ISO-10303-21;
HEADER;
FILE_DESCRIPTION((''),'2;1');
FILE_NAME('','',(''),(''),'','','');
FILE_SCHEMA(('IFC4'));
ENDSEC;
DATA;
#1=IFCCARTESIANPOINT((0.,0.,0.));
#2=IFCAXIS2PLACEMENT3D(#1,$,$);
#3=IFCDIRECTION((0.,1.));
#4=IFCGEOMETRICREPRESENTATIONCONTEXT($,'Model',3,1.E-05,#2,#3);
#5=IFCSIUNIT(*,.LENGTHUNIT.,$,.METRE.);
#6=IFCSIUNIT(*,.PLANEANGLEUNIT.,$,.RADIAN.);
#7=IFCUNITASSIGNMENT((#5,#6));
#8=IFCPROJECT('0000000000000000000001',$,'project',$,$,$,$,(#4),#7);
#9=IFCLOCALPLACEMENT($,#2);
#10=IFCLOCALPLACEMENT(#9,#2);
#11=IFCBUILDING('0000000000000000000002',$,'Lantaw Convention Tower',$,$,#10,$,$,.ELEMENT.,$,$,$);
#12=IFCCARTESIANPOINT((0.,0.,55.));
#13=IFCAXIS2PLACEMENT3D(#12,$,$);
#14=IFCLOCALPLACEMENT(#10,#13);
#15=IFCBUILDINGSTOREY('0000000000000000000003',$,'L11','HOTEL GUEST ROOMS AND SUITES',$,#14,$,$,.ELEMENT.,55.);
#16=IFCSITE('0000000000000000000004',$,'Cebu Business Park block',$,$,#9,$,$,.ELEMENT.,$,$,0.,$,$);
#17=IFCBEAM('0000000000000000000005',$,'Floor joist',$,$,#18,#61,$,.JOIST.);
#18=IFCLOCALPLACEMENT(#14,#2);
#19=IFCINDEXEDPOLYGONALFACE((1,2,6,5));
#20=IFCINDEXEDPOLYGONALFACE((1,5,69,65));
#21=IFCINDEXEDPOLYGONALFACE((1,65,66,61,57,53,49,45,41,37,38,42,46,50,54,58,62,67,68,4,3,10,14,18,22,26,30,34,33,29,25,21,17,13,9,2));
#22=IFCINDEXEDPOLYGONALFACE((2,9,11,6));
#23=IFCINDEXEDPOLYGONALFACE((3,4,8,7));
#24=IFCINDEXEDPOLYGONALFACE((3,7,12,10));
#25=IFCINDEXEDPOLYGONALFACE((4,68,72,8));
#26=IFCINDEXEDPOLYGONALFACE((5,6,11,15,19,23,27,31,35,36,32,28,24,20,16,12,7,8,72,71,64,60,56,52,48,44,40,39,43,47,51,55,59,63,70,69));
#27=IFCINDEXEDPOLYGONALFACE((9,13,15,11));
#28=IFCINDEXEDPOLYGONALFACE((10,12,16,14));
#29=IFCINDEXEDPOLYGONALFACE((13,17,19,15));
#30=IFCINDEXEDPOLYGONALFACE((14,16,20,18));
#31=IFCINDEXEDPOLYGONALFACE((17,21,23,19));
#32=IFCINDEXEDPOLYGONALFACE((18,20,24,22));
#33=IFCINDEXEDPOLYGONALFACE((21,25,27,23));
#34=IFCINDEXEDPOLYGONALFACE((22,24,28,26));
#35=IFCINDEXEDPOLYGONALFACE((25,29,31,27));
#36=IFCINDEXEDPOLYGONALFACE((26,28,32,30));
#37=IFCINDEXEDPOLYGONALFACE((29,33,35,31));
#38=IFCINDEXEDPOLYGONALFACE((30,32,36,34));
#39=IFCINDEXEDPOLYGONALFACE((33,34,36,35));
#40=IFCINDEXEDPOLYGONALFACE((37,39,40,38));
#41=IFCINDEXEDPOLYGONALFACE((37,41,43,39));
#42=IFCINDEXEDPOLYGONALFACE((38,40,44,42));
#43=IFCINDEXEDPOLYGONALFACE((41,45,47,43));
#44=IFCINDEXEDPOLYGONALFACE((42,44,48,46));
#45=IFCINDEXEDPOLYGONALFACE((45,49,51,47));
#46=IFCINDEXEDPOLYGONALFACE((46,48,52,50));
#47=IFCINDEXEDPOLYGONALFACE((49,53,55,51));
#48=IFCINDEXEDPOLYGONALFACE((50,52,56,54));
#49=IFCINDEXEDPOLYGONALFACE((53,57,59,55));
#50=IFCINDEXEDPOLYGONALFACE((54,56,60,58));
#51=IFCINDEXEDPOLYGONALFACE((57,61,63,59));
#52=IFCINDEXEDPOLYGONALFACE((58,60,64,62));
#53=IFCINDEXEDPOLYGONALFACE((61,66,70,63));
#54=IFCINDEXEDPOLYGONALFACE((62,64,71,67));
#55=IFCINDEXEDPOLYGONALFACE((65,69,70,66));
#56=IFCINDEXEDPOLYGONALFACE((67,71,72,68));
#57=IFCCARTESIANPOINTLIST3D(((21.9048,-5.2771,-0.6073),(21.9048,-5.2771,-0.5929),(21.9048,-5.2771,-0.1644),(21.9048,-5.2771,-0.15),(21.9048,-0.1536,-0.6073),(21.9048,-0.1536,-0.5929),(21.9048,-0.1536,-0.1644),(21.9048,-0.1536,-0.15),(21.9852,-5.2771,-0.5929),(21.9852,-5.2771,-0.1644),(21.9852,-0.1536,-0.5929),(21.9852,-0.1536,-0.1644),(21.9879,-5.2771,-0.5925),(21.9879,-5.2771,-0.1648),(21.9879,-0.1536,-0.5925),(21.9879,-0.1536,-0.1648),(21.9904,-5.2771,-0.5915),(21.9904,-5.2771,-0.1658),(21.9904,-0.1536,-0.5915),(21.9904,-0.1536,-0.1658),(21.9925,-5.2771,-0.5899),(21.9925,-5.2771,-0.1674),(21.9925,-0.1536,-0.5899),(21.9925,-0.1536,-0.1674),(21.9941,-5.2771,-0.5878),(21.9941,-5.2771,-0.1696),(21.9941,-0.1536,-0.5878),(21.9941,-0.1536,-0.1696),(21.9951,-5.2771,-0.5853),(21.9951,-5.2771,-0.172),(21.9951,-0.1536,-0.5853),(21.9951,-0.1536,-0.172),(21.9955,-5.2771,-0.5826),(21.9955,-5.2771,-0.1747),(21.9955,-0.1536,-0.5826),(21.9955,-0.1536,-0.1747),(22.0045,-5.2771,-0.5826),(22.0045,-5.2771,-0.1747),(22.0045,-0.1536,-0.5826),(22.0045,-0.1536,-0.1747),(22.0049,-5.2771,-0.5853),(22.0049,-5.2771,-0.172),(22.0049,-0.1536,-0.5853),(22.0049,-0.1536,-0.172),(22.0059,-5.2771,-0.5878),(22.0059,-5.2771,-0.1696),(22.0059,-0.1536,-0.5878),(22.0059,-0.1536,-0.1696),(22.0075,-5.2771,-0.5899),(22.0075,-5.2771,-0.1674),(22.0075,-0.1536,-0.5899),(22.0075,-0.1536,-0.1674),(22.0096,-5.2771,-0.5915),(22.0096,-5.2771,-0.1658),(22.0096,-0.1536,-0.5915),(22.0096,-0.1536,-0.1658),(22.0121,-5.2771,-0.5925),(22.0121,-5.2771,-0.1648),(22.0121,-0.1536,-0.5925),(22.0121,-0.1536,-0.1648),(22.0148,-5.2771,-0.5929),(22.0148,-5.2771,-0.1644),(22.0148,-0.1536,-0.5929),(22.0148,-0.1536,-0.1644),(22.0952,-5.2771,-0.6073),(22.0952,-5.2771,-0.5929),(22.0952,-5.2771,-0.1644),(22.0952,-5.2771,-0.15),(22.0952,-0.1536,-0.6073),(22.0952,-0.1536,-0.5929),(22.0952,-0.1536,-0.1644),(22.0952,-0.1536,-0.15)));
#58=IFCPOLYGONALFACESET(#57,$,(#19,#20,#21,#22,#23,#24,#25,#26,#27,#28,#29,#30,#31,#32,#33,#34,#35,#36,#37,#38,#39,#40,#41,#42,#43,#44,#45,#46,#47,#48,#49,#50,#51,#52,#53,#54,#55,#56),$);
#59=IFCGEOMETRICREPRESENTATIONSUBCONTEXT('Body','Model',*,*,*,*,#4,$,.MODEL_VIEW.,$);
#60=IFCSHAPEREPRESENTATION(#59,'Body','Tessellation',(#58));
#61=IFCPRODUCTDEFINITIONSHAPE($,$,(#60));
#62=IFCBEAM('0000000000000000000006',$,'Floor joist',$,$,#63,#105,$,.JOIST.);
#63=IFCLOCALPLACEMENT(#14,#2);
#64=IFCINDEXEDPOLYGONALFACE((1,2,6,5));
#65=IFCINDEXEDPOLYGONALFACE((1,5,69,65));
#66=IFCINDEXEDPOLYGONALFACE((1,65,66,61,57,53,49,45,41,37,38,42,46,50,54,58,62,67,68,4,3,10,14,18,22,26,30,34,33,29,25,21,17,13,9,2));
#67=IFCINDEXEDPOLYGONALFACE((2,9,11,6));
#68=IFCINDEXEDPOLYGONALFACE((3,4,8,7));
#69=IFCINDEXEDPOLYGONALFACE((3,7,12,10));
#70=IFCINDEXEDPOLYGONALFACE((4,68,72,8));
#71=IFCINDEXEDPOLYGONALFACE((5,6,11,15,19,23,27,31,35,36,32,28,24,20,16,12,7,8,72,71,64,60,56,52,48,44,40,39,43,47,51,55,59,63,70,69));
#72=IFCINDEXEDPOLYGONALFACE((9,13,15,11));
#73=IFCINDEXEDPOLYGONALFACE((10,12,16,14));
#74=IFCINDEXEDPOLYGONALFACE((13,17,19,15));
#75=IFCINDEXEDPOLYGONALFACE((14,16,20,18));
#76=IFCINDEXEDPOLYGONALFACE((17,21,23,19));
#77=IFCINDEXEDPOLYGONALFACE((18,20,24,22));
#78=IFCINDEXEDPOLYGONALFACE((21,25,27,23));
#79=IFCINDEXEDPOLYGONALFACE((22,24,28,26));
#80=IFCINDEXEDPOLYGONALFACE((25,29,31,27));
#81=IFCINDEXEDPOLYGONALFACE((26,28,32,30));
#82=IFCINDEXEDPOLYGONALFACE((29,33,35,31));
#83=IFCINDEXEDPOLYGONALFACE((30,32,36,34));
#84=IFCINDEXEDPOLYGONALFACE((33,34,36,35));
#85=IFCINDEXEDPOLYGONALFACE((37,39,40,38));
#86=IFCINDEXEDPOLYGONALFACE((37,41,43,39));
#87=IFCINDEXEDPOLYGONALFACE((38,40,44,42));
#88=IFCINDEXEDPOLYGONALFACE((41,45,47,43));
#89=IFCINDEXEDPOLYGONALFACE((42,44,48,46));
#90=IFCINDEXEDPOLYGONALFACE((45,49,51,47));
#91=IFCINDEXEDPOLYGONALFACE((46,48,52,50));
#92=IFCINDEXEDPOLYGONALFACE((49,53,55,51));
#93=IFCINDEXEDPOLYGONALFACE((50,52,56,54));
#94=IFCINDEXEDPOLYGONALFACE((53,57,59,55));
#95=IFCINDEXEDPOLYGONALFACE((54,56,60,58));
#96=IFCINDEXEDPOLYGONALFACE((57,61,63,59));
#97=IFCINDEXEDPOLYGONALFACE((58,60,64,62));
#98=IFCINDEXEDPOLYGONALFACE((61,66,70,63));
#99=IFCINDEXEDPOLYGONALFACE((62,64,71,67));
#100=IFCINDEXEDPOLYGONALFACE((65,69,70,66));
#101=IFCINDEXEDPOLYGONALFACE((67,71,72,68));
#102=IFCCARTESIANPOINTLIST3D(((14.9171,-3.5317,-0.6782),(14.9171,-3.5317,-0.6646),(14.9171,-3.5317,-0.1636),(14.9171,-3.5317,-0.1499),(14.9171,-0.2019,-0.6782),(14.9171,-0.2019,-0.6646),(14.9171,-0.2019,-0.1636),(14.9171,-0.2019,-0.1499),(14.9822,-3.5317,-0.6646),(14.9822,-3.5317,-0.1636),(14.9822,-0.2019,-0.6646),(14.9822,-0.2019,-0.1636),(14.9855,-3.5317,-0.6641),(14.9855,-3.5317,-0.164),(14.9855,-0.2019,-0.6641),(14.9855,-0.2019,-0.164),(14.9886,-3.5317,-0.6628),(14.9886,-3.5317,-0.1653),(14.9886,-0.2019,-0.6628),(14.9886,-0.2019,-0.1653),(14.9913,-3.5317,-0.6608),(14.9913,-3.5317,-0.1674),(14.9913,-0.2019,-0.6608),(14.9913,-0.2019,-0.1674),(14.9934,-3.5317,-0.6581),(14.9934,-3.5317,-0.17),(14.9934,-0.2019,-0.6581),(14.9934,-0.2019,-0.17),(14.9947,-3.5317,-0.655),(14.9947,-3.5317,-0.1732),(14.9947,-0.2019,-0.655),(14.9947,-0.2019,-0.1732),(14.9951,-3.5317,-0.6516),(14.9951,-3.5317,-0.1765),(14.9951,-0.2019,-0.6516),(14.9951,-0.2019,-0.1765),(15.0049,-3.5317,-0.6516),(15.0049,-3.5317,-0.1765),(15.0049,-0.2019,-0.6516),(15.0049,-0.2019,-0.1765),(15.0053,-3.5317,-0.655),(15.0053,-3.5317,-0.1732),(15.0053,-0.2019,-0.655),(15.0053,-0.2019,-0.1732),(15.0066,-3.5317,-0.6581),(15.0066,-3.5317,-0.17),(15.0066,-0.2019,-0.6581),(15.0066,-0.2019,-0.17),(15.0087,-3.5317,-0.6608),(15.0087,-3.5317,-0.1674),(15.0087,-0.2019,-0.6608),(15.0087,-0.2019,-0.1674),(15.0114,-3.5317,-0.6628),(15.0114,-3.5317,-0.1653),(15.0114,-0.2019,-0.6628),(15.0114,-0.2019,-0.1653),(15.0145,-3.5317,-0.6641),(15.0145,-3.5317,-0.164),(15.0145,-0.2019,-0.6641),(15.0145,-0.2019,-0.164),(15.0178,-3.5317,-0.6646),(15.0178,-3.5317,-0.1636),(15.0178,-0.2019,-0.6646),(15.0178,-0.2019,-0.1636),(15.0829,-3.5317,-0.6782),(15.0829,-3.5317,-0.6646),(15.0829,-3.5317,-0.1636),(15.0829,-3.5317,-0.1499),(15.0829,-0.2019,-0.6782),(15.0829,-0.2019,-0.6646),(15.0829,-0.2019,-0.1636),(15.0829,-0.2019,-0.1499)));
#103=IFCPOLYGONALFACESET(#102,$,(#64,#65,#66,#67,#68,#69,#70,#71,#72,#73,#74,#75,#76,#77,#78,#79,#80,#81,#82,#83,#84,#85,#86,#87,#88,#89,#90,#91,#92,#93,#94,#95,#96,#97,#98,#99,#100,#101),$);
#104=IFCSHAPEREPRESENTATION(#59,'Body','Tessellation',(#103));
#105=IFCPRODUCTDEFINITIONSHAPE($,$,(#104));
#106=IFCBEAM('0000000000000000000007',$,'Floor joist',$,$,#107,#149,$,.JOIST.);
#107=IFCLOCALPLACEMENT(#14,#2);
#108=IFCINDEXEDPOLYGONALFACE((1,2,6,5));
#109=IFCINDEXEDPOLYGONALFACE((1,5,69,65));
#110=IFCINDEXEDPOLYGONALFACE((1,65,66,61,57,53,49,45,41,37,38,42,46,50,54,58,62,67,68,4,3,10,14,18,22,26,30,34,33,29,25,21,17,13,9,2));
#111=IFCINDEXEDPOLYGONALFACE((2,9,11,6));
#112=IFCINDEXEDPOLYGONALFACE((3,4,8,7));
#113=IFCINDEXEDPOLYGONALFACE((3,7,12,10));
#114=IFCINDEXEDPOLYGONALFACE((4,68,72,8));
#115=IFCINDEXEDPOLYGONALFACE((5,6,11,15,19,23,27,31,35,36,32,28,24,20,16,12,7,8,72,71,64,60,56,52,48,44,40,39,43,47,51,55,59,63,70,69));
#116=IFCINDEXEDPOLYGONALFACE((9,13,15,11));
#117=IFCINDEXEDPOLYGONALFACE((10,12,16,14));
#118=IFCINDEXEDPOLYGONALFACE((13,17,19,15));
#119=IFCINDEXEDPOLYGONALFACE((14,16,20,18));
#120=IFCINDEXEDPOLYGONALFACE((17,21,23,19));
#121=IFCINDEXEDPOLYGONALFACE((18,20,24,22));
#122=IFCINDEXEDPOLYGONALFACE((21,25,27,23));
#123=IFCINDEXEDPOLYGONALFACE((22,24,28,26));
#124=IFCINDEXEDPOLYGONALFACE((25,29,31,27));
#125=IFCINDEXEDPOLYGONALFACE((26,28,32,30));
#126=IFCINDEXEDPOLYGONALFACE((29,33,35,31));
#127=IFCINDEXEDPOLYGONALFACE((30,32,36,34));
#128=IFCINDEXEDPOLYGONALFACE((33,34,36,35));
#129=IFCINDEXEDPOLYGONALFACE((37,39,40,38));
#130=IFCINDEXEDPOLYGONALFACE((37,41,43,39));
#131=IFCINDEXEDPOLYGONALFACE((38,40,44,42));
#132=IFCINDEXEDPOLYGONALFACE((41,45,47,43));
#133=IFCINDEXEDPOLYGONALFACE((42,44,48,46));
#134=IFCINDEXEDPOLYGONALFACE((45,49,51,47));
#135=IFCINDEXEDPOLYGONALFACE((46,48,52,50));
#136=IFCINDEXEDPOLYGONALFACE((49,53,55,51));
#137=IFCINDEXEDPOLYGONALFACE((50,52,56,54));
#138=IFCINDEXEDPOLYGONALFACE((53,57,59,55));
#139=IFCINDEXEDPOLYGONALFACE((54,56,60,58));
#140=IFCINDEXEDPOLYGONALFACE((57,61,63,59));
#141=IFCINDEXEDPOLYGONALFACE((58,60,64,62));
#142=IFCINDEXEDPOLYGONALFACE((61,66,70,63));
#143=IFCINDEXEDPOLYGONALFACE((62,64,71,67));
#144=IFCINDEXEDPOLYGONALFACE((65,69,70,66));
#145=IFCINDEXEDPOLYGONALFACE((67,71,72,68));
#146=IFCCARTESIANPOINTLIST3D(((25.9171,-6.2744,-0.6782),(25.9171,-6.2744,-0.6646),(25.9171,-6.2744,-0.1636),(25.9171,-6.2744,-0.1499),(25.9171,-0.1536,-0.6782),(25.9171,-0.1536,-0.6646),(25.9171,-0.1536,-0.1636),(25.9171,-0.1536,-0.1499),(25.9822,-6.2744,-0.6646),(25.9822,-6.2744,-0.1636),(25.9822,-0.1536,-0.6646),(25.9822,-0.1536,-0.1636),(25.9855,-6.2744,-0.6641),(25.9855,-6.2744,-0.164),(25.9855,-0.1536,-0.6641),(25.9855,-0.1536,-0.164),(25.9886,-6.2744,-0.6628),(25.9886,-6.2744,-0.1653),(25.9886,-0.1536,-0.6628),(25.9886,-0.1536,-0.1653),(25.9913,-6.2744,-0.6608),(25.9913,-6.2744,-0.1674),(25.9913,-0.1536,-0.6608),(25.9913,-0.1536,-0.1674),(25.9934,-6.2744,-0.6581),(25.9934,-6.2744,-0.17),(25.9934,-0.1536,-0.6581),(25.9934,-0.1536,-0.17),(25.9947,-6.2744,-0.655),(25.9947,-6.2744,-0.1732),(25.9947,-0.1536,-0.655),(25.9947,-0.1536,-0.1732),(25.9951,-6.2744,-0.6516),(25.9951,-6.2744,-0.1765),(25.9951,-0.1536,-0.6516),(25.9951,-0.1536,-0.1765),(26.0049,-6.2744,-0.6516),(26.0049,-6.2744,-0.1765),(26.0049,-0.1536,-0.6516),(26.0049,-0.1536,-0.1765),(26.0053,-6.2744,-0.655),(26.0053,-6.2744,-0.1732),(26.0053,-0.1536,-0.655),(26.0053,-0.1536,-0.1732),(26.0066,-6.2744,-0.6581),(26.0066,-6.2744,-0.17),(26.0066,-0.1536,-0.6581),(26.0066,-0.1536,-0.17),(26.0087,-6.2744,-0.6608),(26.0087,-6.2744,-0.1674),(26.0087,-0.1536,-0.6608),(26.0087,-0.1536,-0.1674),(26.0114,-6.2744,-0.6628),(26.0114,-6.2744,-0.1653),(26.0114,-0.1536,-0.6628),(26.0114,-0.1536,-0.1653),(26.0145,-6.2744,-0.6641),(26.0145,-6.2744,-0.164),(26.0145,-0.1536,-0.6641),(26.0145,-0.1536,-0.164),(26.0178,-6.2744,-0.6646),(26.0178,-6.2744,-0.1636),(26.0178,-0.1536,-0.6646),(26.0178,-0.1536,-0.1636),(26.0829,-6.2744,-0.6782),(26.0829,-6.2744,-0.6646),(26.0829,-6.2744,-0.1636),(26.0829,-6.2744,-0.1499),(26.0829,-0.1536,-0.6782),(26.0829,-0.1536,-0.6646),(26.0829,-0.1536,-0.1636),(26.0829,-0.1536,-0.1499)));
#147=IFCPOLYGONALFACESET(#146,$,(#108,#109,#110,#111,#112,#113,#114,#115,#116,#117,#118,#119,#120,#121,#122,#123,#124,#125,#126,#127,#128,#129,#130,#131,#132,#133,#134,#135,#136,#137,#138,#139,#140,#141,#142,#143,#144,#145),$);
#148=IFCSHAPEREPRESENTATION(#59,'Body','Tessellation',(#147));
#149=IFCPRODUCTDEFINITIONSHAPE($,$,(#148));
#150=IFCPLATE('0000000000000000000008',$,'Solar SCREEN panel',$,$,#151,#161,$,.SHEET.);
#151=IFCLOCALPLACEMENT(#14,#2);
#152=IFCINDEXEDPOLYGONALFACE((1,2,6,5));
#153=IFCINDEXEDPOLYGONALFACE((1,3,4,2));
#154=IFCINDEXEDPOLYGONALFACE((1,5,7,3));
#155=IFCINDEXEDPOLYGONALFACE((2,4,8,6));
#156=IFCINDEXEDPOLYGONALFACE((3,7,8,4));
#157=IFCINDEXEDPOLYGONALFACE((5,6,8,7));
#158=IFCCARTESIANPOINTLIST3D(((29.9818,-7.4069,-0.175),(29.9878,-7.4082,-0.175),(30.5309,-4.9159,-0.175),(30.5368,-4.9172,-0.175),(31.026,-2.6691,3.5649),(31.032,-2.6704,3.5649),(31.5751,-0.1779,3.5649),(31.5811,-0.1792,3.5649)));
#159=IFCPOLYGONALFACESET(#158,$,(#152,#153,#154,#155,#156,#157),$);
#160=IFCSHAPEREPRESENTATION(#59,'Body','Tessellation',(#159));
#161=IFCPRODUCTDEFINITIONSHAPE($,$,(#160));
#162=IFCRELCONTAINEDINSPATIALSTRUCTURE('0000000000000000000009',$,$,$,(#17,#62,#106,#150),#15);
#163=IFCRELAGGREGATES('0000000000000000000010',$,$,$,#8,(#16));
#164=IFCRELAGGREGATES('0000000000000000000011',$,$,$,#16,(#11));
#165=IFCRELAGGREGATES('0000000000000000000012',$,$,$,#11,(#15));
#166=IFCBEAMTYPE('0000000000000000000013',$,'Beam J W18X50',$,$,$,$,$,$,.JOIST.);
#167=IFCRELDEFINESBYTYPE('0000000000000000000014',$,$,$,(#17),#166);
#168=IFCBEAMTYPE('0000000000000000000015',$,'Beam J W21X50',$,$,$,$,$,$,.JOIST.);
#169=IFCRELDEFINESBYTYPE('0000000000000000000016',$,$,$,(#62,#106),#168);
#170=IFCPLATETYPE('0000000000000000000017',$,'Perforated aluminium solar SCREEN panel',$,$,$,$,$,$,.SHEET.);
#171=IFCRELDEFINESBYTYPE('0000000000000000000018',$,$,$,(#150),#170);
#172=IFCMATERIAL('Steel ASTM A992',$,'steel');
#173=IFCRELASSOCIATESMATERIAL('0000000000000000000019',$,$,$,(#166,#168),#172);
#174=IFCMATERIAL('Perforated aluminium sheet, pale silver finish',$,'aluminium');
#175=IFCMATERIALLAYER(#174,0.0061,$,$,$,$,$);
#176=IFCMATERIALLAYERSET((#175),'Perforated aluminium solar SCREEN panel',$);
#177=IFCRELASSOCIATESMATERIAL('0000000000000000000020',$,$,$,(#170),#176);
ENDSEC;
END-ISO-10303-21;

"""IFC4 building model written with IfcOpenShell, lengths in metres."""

from ifc_helpers import new_model, si_unit, direction, frame, origin, origin_2d, place, context, subcontext, project, spatial, polyline, i_section, outline, extrude, material, layer, layer_set, material_profile, profile_set, type_object, element, save


model = new_model("IFC4")

# Units and contexts
model_context = context("Model", 3, precision=1e-05, world=origin(), true_north=direction((0.0, 1.0)))
body_context = subcontext(model_context, "Body", "Model", "MODEL_VIEW")
ifc_project = project(units=[si_unit("LENGTHUNIT", "METRE"), si_unit("PLANEANGLEUNIT", "RADIAN")], contexts=[model_context])

# Site, building, storey
site_placement = place(None, origin())
site = spatial("IfcSite", under=ifc_project, at=site_placement, Name="Cebu Business Park block", CompositionType="ELEMENT", RefElevation=0.0)
building_placement = place(site_placement, origin())
building = spatial("IfcBuilding", under=site, at=building_placement, Name="Lantaw Convention Tower", CompositionType="ELEMENT")
storey_placement = place(building_placement, frame((0.0, 0.0, 55.0)))
storey = spatial("IfcBuildingStorey", under=building, at=storey_placement, Name="L11", Description="HOTEL GUEST ROOMS AND SUITES", CompositionType="ELEMENT", Elevation=55.0)

# Beams
ifc_material_1 = material(Name="Steel ASTM A992", Category="steel")
ifc_material_profile_1 = material_profile(ifc_material_1, i_section(OverallWidth=0.1904, OverallDepth=0.4573, WebThickness=0.009, FlangeThickness=0.0144, FilletRadius=0.0103, at=origin_2d()), Name="W18X50")
ifc_profile_set_1 = profile_set([ifc_material_profile_1], Name="Steel ASTM A992")
beam_type_1 = type_object("IfcBeamType", Name="Beam J W18X50", PredefinedType="JOIST", material=ifc_profile_set_1)
beam_1_placement = place(storey_placement, frame((22.0, -5.2771, -0.3787), z_axis=(0.0, 1.0, 0.0), x_axis=(-1.0, 0.0, 0.0)))
element("IfcBeam", 1, at=beam_1_placement, inside=storey, type_object=beam_type_1, Name="Floor joist", PredefinedType="JOIST", context=body_context, shape_type="SweptSolid", body=[
    extrude(i_section(OverallWidth=0.1904, OverallDepth=0.4573, WebThickness=0.009, FlangeThickness=0.0144, FilletRadius=0.0103, at=origin_2d()), origin(), (0.0, 0.0, 1.0), 5.1235),
])
ifc_material_profile_2 = material_profile(ifc_material_1, i_section(OverallWidth=0.1658, OverallDepth=0.5283, WebThickness=0.0098, FlangeThickness=0.0137, FilletRadius=0.0129, at=origin_2d()), Name="W21X50")
ifc_profile_set_2 = profile_set([ifc_material_profile_2], Name="Steel ASTM A992")
beam_type_2 = type_object("IfcBeamType", Name="Beam J W21X50", PredefinedType="JOIST", material=ifc_profile_set_2)
beam_2_placement = place(storey_placement, frame((15.0, -3.5317, -0.4141), z_axis=(0.0, 1.0, 0.0), x_axis=(-1.0, 0.0, 0.0)))
element("IfcBeam", 2, at=beam_2_placement, inside=storey, type_object=beam_type_2, Name="Floor joist", PredefinedType="JOIST", context=body_context, shape_type="SweptSolid", body=[
    extrude(i_section(OverallWidth=0.1658, OverallDepth=0.5283, WebThickness=0.0098, FlangeThickness=0.0137, FilletRadius=0.0129, at=origin_2d()), origin(), (0.0, 0.0, 1.0), 3.3298),
])
beam_3_placement = place(storey_placement, frame((26.0, -6.2744, -0.4141), z_axis=(0.0, 1.0, 0.0), x_axis=(-1.0, 0.0, 0.0)))
element("IfcBeam", 3, at=beam_3_placement, inside=storey, type_object=beam_type_2, Name="Floor joist", PredefinedType="JOIST", context=body_context, shape_type="SweptSolid", body=[
    extrude(i_section(OverallWidth=0.1658, OverallDepth=0.5283, WebThickness=0.0098, FlangeThickness=0.0137, FilletRadius=0.0129, at=origin_2d()), origin(), (0.0, 0.0, 1.0), 6.1208),
])

# Plate
ifc_material_2 = material(Name="Perforated aluminium sheet, pale silver finish", Category="aluminium")
ifc_layer_1 = layer(ifc_material_2, 0.0061)
ifc_layer_set_1 = layer_set([ifc_layer_1], Name="Perforated aluminium solar SCREEN panel")
plate_type = type_object("IfcPlateType", Name="Perforated aluminium solar SCREEN panel", PredefinedType="SHEET", material=ifc_layer_set_1)
plate_placement = place(storey_placement, frame((29.9878, -7.4082, -0.175), z_axis=(0.976559, -0.215248, 0.00003), x_axis=(0.215248, 0.976559, 0.0)))
element("IfcPlate", 4, at=plate_placement, inside=storey, type_object=plate_type, Name="Solar SCREEN panel", PredefinedType="SHEET", context=body_context, shape_type="SweptSolid", body=[
    extrude(outline(polyline([(0.0, 0.0), (2.5508, 0.0), (7.4025, 3.74), (4.8515, 3.74), (0.0, 0.0)])), origin(), (0.0, 0.0, -1.0), 0.0061),
])

save(model, "model.ifc")
